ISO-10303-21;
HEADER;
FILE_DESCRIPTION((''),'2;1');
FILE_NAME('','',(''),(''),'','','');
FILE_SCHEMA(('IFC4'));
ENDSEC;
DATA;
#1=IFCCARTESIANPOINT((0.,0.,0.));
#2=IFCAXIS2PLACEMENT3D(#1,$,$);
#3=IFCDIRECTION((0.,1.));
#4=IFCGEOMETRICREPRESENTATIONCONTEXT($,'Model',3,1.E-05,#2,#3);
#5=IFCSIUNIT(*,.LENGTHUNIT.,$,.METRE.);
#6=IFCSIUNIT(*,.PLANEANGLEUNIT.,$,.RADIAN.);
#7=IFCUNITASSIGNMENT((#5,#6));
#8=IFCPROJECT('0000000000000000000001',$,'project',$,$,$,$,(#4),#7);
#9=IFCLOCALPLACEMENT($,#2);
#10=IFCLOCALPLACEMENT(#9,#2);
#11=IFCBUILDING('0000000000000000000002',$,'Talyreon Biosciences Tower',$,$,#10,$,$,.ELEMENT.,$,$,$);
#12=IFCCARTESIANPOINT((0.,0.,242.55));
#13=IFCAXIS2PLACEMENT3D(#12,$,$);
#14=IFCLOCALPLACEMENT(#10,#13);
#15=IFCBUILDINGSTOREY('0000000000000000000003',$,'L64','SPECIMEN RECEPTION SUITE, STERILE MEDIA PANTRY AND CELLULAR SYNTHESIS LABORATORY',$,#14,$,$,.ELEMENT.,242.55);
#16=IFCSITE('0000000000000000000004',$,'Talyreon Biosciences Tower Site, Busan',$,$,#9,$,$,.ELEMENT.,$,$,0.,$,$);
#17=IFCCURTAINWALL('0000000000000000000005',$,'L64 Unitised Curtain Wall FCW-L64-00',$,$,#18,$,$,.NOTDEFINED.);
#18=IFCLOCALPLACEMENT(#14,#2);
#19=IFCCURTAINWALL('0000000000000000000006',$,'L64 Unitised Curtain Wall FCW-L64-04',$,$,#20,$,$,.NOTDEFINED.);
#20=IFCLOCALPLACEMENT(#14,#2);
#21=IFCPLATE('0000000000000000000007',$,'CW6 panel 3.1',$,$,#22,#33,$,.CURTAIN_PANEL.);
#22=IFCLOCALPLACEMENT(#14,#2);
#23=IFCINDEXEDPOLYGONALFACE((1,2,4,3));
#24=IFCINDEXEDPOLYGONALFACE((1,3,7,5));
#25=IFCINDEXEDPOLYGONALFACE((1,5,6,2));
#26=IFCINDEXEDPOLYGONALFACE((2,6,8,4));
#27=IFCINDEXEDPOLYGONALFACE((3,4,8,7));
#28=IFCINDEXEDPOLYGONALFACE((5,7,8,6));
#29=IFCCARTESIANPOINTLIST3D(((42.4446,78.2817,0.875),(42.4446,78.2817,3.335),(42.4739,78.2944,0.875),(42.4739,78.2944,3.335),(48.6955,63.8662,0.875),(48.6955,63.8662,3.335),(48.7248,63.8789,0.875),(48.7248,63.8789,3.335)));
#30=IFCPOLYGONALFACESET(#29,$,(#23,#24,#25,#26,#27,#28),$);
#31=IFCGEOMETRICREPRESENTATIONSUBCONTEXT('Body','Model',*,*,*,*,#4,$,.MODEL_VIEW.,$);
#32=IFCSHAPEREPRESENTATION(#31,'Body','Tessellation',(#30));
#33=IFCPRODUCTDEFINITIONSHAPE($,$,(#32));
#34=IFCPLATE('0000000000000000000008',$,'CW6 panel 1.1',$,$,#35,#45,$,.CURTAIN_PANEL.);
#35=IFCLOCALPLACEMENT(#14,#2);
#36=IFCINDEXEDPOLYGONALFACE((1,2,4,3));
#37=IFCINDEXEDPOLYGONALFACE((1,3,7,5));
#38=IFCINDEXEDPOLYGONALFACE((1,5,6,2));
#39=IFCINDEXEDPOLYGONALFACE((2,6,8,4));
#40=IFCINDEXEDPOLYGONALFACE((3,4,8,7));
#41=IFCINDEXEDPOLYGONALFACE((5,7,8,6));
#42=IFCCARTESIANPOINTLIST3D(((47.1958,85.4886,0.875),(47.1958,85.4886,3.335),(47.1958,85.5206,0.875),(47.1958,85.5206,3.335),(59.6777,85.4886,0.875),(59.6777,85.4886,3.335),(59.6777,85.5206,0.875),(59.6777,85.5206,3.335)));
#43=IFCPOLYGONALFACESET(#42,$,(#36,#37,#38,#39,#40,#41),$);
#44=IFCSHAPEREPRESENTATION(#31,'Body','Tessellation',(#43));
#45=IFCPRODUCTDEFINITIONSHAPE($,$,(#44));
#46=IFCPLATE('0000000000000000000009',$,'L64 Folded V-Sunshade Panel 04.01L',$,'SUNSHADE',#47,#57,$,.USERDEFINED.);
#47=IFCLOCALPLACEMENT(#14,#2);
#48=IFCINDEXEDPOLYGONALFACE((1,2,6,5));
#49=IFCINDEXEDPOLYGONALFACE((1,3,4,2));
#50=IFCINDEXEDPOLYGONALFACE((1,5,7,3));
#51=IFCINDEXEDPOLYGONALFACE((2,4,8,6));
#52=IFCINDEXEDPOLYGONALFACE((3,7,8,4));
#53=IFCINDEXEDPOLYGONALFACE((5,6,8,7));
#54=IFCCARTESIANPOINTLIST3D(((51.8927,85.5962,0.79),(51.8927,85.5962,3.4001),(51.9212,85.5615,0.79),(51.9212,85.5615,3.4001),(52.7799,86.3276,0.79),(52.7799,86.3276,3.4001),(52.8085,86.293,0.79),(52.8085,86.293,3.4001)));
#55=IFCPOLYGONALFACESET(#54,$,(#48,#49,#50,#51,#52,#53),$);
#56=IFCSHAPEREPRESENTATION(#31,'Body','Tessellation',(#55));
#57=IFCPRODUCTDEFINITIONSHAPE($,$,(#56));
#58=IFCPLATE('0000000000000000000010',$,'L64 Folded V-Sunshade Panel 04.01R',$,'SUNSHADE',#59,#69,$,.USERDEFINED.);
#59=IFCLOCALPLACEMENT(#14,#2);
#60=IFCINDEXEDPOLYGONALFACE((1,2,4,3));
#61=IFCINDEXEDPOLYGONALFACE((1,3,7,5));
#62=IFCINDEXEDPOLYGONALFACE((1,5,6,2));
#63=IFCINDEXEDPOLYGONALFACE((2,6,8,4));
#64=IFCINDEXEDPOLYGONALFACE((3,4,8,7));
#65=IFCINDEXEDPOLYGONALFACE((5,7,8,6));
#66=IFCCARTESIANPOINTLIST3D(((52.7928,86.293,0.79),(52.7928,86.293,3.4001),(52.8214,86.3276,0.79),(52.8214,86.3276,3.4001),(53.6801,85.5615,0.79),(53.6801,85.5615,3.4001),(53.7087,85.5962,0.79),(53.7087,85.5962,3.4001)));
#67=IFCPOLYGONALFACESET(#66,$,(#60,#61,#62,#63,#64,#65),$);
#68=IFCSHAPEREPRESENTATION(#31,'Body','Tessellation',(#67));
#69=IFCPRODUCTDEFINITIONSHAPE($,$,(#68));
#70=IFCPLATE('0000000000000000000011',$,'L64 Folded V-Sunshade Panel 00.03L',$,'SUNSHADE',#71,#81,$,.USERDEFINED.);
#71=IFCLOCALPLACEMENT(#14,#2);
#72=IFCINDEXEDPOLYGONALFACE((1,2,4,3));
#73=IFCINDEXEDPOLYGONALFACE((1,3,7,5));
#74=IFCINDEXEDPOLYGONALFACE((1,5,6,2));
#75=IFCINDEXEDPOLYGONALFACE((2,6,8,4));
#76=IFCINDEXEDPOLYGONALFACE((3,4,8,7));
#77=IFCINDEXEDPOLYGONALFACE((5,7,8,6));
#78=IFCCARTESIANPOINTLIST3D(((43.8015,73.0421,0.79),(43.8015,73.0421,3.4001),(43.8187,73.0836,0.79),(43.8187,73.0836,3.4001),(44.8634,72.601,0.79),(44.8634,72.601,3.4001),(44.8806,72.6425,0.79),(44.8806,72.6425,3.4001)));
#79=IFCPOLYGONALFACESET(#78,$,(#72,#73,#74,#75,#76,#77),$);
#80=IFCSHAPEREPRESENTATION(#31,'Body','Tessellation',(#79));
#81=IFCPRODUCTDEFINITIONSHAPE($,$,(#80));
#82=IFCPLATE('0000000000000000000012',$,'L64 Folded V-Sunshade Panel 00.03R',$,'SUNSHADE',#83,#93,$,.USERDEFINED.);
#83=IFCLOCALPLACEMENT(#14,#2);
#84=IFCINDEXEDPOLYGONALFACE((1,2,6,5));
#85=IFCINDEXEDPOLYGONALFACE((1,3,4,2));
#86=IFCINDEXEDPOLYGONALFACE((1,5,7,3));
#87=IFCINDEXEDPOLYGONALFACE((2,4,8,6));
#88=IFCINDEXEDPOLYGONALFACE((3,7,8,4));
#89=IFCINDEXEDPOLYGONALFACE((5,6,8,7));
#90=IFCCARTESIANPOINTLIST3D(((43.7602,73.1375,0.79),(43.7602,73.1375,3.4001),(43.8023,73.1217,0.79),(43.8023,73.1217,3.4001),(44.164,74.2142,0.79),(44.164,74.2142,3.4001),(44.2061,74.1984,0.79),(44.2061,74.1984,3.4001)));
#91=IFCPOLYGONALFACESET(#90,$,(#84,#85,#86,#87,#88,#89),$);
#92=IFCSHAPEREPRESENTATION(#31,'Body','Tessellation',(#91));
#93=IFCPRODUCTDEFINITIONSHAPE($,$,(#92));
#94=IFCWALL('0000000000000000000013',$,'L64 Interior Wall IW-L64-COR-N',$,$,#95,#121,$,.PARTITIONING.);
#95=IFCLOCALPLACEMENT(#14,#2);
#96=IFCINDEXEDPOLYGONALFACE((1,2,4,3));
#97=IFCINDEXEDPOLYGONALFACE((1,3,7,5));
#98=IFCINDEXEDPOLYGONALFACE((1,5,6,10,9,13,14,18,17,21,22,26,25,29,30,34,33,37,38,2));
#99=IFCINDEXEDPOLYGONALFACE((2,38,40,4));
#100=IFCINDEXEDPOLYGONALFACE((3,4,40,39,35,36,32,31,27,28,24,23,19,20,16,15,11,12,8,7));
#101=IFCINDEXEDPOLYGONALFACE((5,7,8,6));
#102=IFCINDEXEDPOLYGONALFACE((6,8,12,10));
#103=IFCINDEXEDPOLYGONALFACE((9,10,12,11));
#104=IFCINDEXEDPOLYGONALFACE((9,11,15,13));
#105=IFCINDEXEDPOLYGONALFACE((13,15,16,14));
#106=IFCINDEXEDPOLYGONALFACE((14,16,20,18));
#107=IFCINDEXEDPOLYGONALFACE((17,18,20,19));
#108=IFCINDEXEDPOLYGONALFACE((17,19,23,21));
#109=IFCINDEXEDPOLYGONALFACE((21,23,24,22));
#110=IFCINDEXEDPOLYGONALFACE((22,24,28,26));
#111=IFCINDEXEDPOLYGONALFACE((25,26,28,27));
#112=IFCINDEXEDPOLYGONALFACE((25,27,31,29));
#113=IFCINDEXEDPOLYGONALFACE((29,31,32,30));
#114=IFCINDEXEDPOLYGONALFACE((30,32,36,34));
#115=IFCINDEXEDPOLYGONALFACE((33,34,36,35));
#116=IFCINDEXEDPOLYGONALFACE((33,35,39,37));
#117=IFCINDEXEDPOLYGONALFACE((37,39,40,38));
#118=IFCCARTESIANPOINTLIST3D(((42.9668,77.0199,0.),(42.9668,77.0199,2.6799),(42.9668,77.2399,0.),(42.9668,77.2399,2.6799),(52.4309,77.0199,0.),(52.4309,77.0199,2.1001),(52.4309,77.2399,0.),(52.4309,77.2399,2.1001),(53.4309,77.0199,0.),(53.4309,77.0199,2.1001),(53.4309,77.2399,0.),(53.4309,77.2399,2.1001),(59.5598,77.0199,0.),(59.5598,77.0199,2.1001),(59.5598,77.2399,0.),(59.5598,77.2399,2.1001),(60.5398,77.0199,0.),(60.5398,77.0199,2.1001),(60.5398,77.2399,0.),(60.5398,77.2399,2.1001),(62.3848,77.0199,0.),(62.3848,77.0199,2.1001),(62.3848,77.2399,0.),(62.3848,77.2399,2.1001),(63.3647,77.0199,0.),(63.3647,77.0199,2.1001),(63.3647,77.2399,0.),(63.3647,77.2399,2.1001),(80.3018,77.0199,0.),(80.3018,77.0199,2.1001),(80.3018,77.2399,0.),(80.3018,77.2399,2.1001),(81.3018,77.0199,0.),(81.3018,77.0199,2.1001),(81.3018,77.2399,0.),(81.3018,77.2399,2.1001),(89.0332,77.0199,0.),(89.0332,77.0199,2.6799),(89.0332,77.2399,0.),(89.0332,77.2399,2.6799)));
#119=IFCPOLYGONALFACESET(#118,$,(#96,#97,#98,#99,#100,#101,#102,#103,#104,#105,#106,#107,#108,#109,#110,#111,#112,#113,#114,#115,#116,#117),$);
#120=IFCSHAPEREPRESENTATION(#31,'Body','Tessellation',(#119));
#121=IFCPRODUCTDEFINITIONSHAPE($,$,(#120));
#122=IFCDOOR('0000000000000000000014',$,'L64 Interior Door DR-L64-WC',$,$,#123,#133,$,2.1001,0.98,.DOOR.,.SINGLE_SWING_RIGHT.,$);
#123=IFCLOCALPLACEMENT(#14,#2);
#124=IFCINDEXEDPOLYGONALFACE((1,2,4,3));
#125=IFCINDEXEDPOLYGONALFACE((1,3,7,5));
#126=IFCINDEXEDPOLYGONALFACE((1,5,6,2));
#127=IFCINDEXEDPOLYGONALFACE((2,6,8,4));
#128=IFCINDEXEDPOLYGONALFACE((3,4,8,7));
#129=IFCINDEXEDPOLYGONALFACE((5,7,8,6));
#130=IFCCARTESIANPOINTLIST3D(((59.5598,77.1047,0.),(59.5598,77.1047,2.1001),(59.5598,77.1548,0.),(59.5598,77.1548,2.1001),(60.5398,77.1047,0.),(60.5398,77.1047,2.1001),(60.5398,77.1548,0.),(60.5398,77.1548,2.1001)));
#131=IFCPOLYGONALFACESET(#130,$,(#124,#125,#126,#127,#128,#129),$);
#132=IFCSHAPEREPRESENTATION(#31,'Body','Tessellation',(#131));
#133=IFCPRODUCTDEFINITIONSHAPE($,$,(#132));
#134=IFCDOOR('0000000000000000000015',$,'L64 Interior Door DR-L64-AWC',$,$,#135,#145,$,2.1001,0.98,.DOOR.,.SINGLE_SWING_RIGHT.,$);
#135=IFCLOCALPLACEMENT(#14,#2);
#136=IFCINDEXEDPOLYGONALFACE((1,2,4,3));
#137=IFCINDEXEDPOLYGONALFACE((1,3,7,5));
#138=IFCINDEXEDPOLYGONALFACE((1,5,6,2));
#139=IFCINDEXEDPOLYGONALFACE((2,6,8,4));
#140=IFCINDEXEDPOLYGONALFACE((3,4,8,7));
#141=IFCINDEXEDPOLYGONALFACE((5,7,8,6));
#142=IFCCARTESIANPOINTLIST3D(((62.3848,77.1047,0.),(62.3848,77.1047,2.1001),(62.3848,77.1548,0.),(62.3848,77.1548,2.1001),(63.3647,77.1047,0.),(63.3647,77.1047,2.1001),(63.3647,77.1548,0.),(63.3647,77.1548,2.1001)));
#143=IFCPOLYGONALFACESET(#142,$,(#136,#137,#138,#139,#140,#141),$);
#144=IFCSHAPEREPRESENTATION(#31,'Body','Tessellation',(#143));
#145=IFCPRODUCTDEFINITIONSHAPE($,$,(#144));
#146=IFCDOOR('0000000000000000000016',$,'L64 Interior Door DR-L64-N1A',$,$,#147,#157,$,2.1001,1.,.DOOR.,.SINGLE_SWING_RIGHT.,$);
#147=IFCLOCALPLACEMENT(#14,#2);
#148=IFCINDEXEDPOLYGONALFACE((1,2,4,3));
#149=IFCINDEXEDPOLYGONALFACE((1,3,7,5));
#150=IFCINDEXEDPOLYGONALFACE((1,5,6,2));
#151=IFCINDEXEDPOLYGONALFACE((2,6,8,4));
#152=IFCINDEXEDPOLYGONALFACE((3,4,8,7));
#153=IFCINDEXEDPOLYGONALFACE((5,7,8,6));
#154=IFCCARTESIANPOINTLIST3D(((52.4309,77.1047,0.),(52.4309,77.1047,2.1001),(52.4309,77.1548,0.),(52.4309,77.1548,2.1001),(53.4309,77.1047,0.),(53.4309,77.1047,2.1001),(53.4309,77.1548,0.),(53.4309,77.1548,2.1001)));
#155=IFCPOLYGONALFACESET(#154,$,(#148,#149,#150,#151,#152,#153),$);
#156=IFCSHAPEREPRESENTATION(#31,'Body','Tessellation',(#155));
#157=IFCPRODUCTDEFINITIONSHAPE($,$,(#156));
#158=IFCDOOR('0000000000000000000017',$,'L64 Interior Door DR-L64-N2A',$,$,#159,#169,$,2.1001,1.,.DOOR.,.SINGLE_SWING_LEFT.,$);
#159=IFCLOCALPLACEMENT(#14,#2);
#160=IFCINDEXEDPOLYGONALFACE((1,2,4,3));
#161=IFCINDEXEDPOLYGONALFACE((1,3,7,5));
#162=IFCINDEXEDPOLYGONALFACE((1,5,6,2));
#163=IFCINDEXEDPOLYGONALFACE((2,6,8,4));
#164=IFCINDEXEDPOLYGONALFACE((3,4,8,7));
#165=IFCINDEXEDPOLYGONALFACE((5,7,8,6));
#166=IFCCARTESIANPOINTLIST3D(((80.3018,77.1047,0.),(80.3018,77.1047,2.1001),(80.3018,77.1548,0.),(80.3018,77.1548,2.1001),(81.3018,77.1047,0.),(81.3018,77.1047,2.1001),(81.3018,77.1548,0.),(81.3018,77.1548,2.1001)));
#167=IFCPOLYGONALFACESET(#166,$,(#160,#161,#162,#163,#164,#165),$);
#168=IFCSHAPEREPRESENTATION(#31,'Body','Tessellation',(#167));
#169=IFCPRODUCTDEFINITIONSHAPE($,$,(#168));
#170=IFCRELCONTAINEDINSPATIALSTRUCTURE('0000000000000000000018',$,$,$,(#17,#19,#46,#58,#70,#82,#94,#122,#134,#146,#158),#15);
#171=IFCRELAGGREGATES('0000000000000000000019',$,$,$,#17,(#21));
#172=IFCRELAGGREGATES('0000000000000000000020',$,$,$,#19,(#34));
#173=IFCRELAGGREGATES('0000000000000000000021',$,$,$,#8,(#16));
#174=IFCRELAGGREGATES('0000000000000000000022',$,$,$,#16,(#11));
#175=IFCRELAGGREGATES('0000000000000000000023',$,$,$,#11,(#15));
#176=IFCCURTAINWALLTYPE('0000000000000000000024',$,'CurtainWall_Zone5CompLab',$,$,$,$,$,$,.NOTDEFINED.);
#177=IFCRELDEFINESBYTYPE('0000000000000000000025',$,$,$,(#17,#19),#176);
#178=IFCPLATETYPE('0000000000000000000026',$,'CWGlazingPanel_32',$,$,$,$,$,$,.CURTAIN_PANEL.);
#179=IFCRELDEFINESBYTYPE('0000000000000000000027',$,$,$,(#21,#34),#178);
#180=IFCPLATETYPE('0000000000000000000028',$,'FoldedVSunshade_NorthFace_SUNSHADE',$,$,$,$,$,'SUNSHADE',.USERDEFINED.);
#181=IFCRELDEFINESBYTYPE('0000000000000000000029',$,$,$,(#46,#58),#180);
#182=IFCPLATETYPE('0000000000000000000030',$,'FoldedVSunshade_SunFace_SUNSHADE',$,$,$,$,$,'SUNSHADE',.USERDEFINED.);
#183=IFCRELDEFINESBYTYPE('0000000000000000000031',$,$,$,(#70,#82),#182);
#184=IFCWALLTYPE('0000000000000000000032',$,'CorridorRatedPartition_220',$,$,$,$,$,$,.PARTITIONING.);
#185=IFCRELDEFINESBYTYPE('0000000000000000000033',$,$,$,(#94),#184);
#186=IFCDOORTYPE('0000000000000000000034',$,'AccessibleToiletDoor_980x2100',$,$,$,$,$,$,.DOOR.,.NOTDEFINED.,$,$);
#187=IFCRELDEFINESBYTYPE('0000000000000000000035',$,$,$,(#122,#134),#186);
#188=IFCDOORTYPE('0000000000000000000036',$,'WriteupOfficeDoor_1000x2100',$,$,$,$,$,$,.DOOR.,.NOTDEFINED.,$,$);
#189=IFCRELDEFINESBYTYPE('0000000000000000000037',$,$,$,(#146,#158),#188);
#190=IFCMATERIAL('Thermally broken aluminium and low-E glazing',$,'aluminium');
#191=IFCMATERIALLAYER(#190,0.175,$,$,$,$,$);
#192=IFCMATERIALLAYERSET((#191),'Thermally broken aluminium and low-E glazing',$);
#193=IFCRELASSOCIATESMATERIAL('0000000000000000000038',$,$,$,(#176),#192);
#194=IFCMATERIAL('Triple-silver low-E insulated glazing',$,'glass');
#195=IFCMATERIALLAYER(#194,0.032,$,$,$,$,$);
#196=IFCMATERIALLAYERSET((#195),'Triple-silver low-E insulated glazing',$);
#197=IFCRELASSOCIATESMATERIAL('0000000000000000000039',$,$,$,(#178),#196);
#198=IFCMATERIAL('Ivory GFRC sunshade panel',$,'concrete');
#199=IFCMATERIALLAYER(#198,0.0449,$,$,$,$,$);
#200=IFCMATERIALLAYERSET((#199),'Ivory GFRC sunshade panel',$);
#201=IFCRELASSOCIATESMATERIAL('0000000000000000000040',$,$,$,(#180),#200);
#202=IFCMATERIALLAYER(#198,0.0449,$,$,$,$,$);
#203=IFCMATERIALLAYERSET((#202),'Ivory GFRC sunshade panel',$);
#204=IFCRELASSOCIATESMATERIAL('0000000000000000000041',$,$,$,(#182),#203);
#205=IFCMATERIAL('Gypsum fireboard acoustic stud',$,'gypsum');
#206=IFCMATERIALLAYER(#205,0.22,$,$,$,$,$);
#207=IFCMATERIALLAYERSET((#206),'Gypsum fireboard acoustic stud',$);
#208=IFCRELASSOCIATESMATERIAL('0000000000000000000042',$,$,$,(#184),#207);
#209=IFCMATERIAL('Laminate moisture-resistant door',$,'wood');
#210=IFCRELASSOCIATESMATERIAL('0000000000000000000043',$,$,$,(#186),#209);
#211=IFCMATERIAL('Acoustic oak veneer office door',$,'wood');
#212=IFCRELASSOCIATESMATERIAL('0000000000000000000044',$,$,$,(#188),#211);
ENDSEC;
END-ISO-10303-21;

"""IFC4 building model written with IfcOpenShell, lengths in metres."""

from ifc_helpers import new_model, si_unit, direction, frame, frame_2d, origin, origin_2d, place, context, subcontext, project, spatial, rectangle, extrude, material, layer, layer_set, type_object, element, fill, aggregate, save


model = new_model("IFC4")

# Units and contexts
model_context = context("Model", 3, precision=1e-05, world=origin(), true_north=direction((0.0, 1.0)))
body_context = subcontext(model_context, "Body", "Model", "MODEL_VIEW")
ifc_project = project(units=[si_unit("LENGTHUNIT", "METRE"), si_unit("PLANEANGLEUNIT", "RADIAN")], contexts=[model_context])

# Site, building, storey
site_placement = place(None, origin())
site = spatial("IfcSite", under=ifc_project, at=site_placement, Name="Talyreon Biosciences Tower Site, Busan", CompositionType="ELEMENT", RefElevation=0.0)
building_placement = place(site_placement, origin())
building = spatial("IfcBuilding", under=site, at=building_placement, Name="Talyreon Biosciences Tower", CompositionType="ELEMENT")
storey_placement = place(building_placement, frame((0.0, 0.0, 242.55)))
storey = spatial("IfcBuildingStorey", under=building, at=storey_placement, Name="L64", Description="SPECIMEN RECEPTION SUITE, STERILE MEDIA PANTRY AND CELLULAR SYNTHESIS LABORATORY", CompositionType="ELEMENT", Elevation=242.55)

# Curtain wall
ifc_material_1 = material(Name="Thermally broken aluminium and low-E glazing", Category="aluminium")
ifc_layer_1 = layer(ifc_material_1, 0.175)
ifc_layer_set_1 = layer_set([ifc_layer_1], Name="Thermally broken aluminium and low-E glazing")
curtain_wall_type = type_object("IfcCurtainWallType", Name="CurtainWall_Zone5CompLab", PredefinedType="NOTDEFINED", material=ifc_layer_set_1)
curtain_wall_1_placement = place(storey_placement, origin())
curtain_wall_1 = element("IfcCurtainWall", 1, at=curtain_wall_1_placement, inside=storey, type_object=curtain_wall_type, Name="L64 Unitised Curtain Wall FCW-L64-00", PredefinedType="NOTDEFINED")

# Curtain wall
curtain_wall_2_placement = place(storey_placement, origin())
curtain_wall_2 = element("IfcCurtainWall", 2, at=curtain_wall_2_placement, inside=storey, type_object=curtain_wall_type, Name="L64 Unitised Curtain Wall FCW-L64-04", PredefinedType="NOTDEFINED")

# Plates
ifc_material_2 = material(Name="Triple-silver low-E insulated glazing", Category="glass")
ifc_layer_2 = layer(ifc_material_2, 0.032)
ifc_layer_set_2 = layer_set([ifc_layer_2], Name="Triple-silver low-E insulated glazing")
plate_type_1 = type_object("IfcPlateType", Name="CWGlazingPanel_32", PredefinedType="CURTAIN_PANEL", material=ifc_layer_set_2)
plate_1_placement = place(storey_placement, frame((45.5847, 71.0803, 0.875), z_axis=(0.0, 0.0, 1.0), x_axis=(-0.397832, 0.917458, 0.0)))
plate_1 = element("IfcPlate", 3, at=plate_1_placement, type_object=plate_type_1, Name="CW6 panel 3.1", PredefinedType="CURTAIN_PANEL", context=body_context, shape_type="SweptSolid", body=[
    extrude(rectangle(XDim=15.7124, YDim=0.032, at=origin_2d()), origin(), (0.0, 0.0, 1.0), 2.46),
])
aggregate(curtain_wall_1, [plate_1])
plate_2_placement = place(storey_placement, frame((53.4368, 85.5046, 0.875), z_axis=(0.0, 0.0, 1.0), x_axis=(1.0, 0.0, 0.0)))
plate_2 = element("IfcPlate", 4, at=plate_2_placement, type_object=plate_type_1, Name="CW6 panel 1.1", PredefinedType="CURTAIN_PANEL", context=body_context, shape_type="SweptSolid", body=[
    extrude(rectangle(XDim=12.4819, YDim=0.032, at=origin_2d()), origin(), (0.0, 0.0, 1.0), 2.46),
])
aggregate(curtain_wall_2, [plate_2])

# Plates
ifc_material_3 = material(Name="Ivory GFRC sunshade panel", Category="concrete")
ifc_layer_3 = layer(ifc_material_3, 0.0449)
ifc_layer_set_3 = layer_set([ifc_layer_3], Name="Ivory GFRC sunshade panel")
plate_type_2 = type_object("IfcPlateType", Name="FoldedVSunshade_NorthFace_SUNSHADE", ElementType="SUNSHADE", PredefinedType="USERDEFINED", material=ifc_layer_set_3)
for number, where, z_axis, x_axis, name in (
    (5, (52.3506, 85.9446, 0.79), (0.0, 0.0, 1.0), (0.771625, 0.636078, 0.0), "L64 Folded V-Sunshade Panel 04.01L"),
    (6, (53.2507, 85.9446, 0.79), (0.0, 0.0, 1.0), (0.771625, -0.636078, 0.0), "L64 Folded V-Sunshade Panel 04.01R"),
):
    element("IfcPlate", number, at=place(storey_placement, frame(where, z_axis=z_axis, x_axis=x_axis)), inside=storey, type_object=plate_type_2, Name=name, ObjectType="SUNSHADE", PredefinedType="USERDEFINED", context=body_context, shape_type="SweptSolid", body=[
        extrude(rectangle(XDim=1.1499, YDim=0.0449, at=origin_2d()), origin(), (0.0, 0.0, 1.0), 2.6101),
    ])
ifc_layer_4 = layer(ifc_material_3, 0.0449)
ifc_layer_set_4 = layer_set([ifc_layer_4], Name="Ivory GFRC sunshade panel")
plate_type_3 = type_object("IfcPlateType", Name="FoldedVSunshade_SunFace_SUNSHADE", ElementType="SUNSHADE", PredefinedType="USERDEFINED", material=ifc_layer_set_4)
for number, where, z_axis, x_axis, name in (
    (7, (44.3411, 72.8423, 0.79), (0.0, 0.0, 1.0), (-0.923498, 0.383602, 0.0), "L64 Folded V-Sunshade Panel 00.03L"),
    (8, (43.9832, 73.668, 0.79), (0.0, 0.0, 1.0), (0.351139, 0.936323, 0.0), "L64 Folded V-Sunshade Panel 00.03R"),
):
    element("IfcPlate", number, at=place(storey_placement, frame(where, z_axis=z_axis, x_axis=x_axis)), inside=storey, type_object=plate_type_3, Name=name, ObjectType="SUNSHADE", PredefinedType="USERDEFINED", context=body_context, shape_type="SweptSolid", body=[
        extrude(rectangle(XDim=1.1499, YDim=0.0449, at=origin_2d()), origin(), (0.0, 0.0, 1.0), 2.6101),
    ])

# Wall, openings, doors
ifc_material_4 = material(Name="Gypsum fireboard acoustic stud", Category="gypsum")
ifc_layer_5 = layer(ifc_material_4, 0.22)
ifc_layer_set_5 = layer_set([ifc_layer_5], Name="Gypsum fireboard acoustic stud")
wall_type_1 = type_object("IfcWallType", Name="CorridorRatedPartition_220", PredefinedType="PARTITIONING", material=ifc_layer_set_5)
wall_1_placement = place(storey_placement, frame((42.9668, 77.1299, 0.0), z_axis=(0.0, 0.0, 1.0), x_axis=(1.0, 0.0, 0.0)))
wall_1 = element("IfcWall", 9, at=wall_1_placement, inside=storey, type_object=wall_type_1, Name="L64 Interior Wall IW-L64-COR-N", PredefinedType="PARTITIONING", context=body_context, shape_type="SweptSolid", body=[
    extrude(rectangle(XDim=46.0664, YDim=0.22, at=frame_2d((23.0332, 0.0))), origin(), (0.0, 0.0, 1.0), 2.6799),
])
opening_1_placement = place(wall_1_placement, frame((16.593, 0.0, 0.0)))
opening_1 = element("IfcOpeningElement", 10, at=opening_1_placement, cuts=wall_1, PredefinedType="OPENING", context=body_context, shape_type="SweptSolid", body=[
    extrude(rectangle(XDim=0.98, YDim=2.1001, at=frame_2d((0.49, 1.05))), frame((0.0, 0.1199, 0.0), z_axis=(0.0, -1.0, 0.0), x_axis=(1.0, 0.0, 0.0)), (0.0, 0.0, 1.0), 0.24),
])
opening_2_placement = place(wall_1_placement, frame((19.418, 0.0, 0.0)))
opening_2 = element("IfcOpeningElement", 11, at=opening_2_placement, cuts=wall_1, PredefinedType="OPENING", context=body_context, shape_type="SweptSolid", body=[
    extrude(rectangle(XDim=0.98, YDim=2.1001, at=frame_2d((0.49, 1.05))), frame((0.0, 0.1199, 0.0), z_axis=(0.0, -1.0, 0.0), x_axis=(1.0, 0.0, 0.0)), (0.0, 0.0, 1.0), 0.24),
])
opening_3_placement = place(wall_1_placement, frame((9.4641, 0.0, 0.0)))
opening_3 = element("IfcOpeningElement", 12, at=opening_3_placement, cuts=wall_1, PredefinedType="OPENING", context=body_context, shape_type="SweptSolid", body=[
    extrude(rectangle(XDim=1.0, YDim=2.1001, at=frame_2d((0.5, 1.05))), frame((0.0, 0.1199, 0.0), z_axis=(0.0, -1.0, 0.0), x_axis=(1.0, 0.0, 0.0)), (0.0, 0.0, 1.0), 0.24),
])
opening_4_placement = place(wall_1_placement, frame((37.335, 0.0, 0.0)))
opening_4 = element("IfcOpeningElement", 13, at=opening_4_placement, cuts=wall_1, PredefinedType="OPENING", context=body_context, shape_type="SweptSolid", body=[
    extrude(rectangle(XDim=1.0, YDim=2.1001, at=frame_2d((0.5, 1.05))), frame((0.0, 0.1199, 0.0), z_axis=(0.0, -1.0, 0.0), x_axis=(1.0, 0.0, 0.0)), (0.0, 0.0, 1.0), 0.24),
])
ifc_material_5 = material(Name="Laminate moisture-resistant door", Category="wood")
door_type_1 = type_object("IfcDoorType", Name="AccessibleToiletDoor_980x2100", OperationType="NOTDEFINED", PredefinedType="DOOR", material=ifc_material_5)
door_1_placement = place(opening_1_placement, origin())
door_1 = element("IfcDoor", 14, at=door_1_placement, inside=storey, type_object=door_type_1, Name="L64 Interior Door DR-L64-WC", OperationType="SINGLE_SWING_RIGHT", OverallHeight=2.1001, OverallWidth=0.98, PredefinedType="DOOR", context=body_context, shape_type="SweptSolid", body=[
    extrude(rectangle(XDim=0.98, YDim=2.1001, at=frame_2d((0.49, 1.05))), frame((0.0, 0.0249, 0.0), z_axis=(0.0, -1.0, 0.0), x_axis=(1.0, 0.0, 0.0)), (0.0, 0.0, 1.0), 0.05),
])
fill(opening_1, door_1)
door_2_placement = place(opening_2_placement, origin())
door_2 = element("IfcDoor", 15, at=door_2_placement, inside=storey, type_object=door_type_1, Name="L64 Interior Door DR-L64-AWC", OperationType="SINGLE_SWING_RIGHT", OverallHeight=2.1001, OverallWidth=0.98, PredefinedType="DOOR", context=body_context, shape_type="SweptSolid", body=[
    extrude(rectangle(XDim=0.98, YDim=2.1001, at=frame_2d((0.49, 1.05))), frame((0.0, 0.0249, 0.0), z_axis=(0.0, -1.0, 0.0), x_axis=(1.0, 0.0, 0.0)), (0.0, 0.0, 1.0), 0.05),
])
fill(opening_2, door_2)
ifc_material_6 = material(Name="Acoustic oak veneer office door", Category="wood")
door_type_2 = type_object("IfcDoorType", Name="WriteupOfficeDoor_1000x2100", OperationType="NOTDEFINED", PredefinedType="DOOR", material=ifc_material_6)
door_3_placement = place(opening_3_placement, origin())
door_3 = element("IfcDoor", 16, at=door_3_placement, inside=storey, type_object=door_type_2, Name="L64 Interior Door DR-L64-N1A", OperationType="SINGLE_SWING_RIGHT", OverallHeight=2.1001, OverallWidth=1.0, PredefinedType="DOOR", context=body_context, shape_type="SweptSolid", body=[
    extrude(rectangle(XDim=1.0, YDim=2.1001, at=frame_2d((0.5, 1.05))), frame((0.0, 0.0249, 0.0), z_axis=(0.0, -1.0, 0.0), x_axis=(1.0, 0.0, 0.0)), (0.0, 0.0, 1.0), 0.05),
])
fill(opening_3, door_3)
door_4_placement = place(opening_4_placement, origin())
door_4 = element("IfcDoor", 17, at=door_4_placement, inside=storey, type_object=door_type_2, Name="L64 Interior Door DR-L64-N2A", OperationType="SINGLE_SWING_LEFT", OverallHeight=2.1001, OverallWidth=1.0, PredefinedType="DOOR", context=body_context, shape_type="SweptSolid", body=[
    extrude(rectangle(XDim=1.0, YDim=2.1001, at=frame_2d((0.5, 1.05))), frame((0.0, 0.0249, 0.0), z_axis=(0.0, -1.0, 0.0), x_axis=(1.0, 0.0, 0.0)), (0.0, 0.0, 1.0), 0.05),
])
fill(opening_4, door_4)

save(model, "model.ifc")
